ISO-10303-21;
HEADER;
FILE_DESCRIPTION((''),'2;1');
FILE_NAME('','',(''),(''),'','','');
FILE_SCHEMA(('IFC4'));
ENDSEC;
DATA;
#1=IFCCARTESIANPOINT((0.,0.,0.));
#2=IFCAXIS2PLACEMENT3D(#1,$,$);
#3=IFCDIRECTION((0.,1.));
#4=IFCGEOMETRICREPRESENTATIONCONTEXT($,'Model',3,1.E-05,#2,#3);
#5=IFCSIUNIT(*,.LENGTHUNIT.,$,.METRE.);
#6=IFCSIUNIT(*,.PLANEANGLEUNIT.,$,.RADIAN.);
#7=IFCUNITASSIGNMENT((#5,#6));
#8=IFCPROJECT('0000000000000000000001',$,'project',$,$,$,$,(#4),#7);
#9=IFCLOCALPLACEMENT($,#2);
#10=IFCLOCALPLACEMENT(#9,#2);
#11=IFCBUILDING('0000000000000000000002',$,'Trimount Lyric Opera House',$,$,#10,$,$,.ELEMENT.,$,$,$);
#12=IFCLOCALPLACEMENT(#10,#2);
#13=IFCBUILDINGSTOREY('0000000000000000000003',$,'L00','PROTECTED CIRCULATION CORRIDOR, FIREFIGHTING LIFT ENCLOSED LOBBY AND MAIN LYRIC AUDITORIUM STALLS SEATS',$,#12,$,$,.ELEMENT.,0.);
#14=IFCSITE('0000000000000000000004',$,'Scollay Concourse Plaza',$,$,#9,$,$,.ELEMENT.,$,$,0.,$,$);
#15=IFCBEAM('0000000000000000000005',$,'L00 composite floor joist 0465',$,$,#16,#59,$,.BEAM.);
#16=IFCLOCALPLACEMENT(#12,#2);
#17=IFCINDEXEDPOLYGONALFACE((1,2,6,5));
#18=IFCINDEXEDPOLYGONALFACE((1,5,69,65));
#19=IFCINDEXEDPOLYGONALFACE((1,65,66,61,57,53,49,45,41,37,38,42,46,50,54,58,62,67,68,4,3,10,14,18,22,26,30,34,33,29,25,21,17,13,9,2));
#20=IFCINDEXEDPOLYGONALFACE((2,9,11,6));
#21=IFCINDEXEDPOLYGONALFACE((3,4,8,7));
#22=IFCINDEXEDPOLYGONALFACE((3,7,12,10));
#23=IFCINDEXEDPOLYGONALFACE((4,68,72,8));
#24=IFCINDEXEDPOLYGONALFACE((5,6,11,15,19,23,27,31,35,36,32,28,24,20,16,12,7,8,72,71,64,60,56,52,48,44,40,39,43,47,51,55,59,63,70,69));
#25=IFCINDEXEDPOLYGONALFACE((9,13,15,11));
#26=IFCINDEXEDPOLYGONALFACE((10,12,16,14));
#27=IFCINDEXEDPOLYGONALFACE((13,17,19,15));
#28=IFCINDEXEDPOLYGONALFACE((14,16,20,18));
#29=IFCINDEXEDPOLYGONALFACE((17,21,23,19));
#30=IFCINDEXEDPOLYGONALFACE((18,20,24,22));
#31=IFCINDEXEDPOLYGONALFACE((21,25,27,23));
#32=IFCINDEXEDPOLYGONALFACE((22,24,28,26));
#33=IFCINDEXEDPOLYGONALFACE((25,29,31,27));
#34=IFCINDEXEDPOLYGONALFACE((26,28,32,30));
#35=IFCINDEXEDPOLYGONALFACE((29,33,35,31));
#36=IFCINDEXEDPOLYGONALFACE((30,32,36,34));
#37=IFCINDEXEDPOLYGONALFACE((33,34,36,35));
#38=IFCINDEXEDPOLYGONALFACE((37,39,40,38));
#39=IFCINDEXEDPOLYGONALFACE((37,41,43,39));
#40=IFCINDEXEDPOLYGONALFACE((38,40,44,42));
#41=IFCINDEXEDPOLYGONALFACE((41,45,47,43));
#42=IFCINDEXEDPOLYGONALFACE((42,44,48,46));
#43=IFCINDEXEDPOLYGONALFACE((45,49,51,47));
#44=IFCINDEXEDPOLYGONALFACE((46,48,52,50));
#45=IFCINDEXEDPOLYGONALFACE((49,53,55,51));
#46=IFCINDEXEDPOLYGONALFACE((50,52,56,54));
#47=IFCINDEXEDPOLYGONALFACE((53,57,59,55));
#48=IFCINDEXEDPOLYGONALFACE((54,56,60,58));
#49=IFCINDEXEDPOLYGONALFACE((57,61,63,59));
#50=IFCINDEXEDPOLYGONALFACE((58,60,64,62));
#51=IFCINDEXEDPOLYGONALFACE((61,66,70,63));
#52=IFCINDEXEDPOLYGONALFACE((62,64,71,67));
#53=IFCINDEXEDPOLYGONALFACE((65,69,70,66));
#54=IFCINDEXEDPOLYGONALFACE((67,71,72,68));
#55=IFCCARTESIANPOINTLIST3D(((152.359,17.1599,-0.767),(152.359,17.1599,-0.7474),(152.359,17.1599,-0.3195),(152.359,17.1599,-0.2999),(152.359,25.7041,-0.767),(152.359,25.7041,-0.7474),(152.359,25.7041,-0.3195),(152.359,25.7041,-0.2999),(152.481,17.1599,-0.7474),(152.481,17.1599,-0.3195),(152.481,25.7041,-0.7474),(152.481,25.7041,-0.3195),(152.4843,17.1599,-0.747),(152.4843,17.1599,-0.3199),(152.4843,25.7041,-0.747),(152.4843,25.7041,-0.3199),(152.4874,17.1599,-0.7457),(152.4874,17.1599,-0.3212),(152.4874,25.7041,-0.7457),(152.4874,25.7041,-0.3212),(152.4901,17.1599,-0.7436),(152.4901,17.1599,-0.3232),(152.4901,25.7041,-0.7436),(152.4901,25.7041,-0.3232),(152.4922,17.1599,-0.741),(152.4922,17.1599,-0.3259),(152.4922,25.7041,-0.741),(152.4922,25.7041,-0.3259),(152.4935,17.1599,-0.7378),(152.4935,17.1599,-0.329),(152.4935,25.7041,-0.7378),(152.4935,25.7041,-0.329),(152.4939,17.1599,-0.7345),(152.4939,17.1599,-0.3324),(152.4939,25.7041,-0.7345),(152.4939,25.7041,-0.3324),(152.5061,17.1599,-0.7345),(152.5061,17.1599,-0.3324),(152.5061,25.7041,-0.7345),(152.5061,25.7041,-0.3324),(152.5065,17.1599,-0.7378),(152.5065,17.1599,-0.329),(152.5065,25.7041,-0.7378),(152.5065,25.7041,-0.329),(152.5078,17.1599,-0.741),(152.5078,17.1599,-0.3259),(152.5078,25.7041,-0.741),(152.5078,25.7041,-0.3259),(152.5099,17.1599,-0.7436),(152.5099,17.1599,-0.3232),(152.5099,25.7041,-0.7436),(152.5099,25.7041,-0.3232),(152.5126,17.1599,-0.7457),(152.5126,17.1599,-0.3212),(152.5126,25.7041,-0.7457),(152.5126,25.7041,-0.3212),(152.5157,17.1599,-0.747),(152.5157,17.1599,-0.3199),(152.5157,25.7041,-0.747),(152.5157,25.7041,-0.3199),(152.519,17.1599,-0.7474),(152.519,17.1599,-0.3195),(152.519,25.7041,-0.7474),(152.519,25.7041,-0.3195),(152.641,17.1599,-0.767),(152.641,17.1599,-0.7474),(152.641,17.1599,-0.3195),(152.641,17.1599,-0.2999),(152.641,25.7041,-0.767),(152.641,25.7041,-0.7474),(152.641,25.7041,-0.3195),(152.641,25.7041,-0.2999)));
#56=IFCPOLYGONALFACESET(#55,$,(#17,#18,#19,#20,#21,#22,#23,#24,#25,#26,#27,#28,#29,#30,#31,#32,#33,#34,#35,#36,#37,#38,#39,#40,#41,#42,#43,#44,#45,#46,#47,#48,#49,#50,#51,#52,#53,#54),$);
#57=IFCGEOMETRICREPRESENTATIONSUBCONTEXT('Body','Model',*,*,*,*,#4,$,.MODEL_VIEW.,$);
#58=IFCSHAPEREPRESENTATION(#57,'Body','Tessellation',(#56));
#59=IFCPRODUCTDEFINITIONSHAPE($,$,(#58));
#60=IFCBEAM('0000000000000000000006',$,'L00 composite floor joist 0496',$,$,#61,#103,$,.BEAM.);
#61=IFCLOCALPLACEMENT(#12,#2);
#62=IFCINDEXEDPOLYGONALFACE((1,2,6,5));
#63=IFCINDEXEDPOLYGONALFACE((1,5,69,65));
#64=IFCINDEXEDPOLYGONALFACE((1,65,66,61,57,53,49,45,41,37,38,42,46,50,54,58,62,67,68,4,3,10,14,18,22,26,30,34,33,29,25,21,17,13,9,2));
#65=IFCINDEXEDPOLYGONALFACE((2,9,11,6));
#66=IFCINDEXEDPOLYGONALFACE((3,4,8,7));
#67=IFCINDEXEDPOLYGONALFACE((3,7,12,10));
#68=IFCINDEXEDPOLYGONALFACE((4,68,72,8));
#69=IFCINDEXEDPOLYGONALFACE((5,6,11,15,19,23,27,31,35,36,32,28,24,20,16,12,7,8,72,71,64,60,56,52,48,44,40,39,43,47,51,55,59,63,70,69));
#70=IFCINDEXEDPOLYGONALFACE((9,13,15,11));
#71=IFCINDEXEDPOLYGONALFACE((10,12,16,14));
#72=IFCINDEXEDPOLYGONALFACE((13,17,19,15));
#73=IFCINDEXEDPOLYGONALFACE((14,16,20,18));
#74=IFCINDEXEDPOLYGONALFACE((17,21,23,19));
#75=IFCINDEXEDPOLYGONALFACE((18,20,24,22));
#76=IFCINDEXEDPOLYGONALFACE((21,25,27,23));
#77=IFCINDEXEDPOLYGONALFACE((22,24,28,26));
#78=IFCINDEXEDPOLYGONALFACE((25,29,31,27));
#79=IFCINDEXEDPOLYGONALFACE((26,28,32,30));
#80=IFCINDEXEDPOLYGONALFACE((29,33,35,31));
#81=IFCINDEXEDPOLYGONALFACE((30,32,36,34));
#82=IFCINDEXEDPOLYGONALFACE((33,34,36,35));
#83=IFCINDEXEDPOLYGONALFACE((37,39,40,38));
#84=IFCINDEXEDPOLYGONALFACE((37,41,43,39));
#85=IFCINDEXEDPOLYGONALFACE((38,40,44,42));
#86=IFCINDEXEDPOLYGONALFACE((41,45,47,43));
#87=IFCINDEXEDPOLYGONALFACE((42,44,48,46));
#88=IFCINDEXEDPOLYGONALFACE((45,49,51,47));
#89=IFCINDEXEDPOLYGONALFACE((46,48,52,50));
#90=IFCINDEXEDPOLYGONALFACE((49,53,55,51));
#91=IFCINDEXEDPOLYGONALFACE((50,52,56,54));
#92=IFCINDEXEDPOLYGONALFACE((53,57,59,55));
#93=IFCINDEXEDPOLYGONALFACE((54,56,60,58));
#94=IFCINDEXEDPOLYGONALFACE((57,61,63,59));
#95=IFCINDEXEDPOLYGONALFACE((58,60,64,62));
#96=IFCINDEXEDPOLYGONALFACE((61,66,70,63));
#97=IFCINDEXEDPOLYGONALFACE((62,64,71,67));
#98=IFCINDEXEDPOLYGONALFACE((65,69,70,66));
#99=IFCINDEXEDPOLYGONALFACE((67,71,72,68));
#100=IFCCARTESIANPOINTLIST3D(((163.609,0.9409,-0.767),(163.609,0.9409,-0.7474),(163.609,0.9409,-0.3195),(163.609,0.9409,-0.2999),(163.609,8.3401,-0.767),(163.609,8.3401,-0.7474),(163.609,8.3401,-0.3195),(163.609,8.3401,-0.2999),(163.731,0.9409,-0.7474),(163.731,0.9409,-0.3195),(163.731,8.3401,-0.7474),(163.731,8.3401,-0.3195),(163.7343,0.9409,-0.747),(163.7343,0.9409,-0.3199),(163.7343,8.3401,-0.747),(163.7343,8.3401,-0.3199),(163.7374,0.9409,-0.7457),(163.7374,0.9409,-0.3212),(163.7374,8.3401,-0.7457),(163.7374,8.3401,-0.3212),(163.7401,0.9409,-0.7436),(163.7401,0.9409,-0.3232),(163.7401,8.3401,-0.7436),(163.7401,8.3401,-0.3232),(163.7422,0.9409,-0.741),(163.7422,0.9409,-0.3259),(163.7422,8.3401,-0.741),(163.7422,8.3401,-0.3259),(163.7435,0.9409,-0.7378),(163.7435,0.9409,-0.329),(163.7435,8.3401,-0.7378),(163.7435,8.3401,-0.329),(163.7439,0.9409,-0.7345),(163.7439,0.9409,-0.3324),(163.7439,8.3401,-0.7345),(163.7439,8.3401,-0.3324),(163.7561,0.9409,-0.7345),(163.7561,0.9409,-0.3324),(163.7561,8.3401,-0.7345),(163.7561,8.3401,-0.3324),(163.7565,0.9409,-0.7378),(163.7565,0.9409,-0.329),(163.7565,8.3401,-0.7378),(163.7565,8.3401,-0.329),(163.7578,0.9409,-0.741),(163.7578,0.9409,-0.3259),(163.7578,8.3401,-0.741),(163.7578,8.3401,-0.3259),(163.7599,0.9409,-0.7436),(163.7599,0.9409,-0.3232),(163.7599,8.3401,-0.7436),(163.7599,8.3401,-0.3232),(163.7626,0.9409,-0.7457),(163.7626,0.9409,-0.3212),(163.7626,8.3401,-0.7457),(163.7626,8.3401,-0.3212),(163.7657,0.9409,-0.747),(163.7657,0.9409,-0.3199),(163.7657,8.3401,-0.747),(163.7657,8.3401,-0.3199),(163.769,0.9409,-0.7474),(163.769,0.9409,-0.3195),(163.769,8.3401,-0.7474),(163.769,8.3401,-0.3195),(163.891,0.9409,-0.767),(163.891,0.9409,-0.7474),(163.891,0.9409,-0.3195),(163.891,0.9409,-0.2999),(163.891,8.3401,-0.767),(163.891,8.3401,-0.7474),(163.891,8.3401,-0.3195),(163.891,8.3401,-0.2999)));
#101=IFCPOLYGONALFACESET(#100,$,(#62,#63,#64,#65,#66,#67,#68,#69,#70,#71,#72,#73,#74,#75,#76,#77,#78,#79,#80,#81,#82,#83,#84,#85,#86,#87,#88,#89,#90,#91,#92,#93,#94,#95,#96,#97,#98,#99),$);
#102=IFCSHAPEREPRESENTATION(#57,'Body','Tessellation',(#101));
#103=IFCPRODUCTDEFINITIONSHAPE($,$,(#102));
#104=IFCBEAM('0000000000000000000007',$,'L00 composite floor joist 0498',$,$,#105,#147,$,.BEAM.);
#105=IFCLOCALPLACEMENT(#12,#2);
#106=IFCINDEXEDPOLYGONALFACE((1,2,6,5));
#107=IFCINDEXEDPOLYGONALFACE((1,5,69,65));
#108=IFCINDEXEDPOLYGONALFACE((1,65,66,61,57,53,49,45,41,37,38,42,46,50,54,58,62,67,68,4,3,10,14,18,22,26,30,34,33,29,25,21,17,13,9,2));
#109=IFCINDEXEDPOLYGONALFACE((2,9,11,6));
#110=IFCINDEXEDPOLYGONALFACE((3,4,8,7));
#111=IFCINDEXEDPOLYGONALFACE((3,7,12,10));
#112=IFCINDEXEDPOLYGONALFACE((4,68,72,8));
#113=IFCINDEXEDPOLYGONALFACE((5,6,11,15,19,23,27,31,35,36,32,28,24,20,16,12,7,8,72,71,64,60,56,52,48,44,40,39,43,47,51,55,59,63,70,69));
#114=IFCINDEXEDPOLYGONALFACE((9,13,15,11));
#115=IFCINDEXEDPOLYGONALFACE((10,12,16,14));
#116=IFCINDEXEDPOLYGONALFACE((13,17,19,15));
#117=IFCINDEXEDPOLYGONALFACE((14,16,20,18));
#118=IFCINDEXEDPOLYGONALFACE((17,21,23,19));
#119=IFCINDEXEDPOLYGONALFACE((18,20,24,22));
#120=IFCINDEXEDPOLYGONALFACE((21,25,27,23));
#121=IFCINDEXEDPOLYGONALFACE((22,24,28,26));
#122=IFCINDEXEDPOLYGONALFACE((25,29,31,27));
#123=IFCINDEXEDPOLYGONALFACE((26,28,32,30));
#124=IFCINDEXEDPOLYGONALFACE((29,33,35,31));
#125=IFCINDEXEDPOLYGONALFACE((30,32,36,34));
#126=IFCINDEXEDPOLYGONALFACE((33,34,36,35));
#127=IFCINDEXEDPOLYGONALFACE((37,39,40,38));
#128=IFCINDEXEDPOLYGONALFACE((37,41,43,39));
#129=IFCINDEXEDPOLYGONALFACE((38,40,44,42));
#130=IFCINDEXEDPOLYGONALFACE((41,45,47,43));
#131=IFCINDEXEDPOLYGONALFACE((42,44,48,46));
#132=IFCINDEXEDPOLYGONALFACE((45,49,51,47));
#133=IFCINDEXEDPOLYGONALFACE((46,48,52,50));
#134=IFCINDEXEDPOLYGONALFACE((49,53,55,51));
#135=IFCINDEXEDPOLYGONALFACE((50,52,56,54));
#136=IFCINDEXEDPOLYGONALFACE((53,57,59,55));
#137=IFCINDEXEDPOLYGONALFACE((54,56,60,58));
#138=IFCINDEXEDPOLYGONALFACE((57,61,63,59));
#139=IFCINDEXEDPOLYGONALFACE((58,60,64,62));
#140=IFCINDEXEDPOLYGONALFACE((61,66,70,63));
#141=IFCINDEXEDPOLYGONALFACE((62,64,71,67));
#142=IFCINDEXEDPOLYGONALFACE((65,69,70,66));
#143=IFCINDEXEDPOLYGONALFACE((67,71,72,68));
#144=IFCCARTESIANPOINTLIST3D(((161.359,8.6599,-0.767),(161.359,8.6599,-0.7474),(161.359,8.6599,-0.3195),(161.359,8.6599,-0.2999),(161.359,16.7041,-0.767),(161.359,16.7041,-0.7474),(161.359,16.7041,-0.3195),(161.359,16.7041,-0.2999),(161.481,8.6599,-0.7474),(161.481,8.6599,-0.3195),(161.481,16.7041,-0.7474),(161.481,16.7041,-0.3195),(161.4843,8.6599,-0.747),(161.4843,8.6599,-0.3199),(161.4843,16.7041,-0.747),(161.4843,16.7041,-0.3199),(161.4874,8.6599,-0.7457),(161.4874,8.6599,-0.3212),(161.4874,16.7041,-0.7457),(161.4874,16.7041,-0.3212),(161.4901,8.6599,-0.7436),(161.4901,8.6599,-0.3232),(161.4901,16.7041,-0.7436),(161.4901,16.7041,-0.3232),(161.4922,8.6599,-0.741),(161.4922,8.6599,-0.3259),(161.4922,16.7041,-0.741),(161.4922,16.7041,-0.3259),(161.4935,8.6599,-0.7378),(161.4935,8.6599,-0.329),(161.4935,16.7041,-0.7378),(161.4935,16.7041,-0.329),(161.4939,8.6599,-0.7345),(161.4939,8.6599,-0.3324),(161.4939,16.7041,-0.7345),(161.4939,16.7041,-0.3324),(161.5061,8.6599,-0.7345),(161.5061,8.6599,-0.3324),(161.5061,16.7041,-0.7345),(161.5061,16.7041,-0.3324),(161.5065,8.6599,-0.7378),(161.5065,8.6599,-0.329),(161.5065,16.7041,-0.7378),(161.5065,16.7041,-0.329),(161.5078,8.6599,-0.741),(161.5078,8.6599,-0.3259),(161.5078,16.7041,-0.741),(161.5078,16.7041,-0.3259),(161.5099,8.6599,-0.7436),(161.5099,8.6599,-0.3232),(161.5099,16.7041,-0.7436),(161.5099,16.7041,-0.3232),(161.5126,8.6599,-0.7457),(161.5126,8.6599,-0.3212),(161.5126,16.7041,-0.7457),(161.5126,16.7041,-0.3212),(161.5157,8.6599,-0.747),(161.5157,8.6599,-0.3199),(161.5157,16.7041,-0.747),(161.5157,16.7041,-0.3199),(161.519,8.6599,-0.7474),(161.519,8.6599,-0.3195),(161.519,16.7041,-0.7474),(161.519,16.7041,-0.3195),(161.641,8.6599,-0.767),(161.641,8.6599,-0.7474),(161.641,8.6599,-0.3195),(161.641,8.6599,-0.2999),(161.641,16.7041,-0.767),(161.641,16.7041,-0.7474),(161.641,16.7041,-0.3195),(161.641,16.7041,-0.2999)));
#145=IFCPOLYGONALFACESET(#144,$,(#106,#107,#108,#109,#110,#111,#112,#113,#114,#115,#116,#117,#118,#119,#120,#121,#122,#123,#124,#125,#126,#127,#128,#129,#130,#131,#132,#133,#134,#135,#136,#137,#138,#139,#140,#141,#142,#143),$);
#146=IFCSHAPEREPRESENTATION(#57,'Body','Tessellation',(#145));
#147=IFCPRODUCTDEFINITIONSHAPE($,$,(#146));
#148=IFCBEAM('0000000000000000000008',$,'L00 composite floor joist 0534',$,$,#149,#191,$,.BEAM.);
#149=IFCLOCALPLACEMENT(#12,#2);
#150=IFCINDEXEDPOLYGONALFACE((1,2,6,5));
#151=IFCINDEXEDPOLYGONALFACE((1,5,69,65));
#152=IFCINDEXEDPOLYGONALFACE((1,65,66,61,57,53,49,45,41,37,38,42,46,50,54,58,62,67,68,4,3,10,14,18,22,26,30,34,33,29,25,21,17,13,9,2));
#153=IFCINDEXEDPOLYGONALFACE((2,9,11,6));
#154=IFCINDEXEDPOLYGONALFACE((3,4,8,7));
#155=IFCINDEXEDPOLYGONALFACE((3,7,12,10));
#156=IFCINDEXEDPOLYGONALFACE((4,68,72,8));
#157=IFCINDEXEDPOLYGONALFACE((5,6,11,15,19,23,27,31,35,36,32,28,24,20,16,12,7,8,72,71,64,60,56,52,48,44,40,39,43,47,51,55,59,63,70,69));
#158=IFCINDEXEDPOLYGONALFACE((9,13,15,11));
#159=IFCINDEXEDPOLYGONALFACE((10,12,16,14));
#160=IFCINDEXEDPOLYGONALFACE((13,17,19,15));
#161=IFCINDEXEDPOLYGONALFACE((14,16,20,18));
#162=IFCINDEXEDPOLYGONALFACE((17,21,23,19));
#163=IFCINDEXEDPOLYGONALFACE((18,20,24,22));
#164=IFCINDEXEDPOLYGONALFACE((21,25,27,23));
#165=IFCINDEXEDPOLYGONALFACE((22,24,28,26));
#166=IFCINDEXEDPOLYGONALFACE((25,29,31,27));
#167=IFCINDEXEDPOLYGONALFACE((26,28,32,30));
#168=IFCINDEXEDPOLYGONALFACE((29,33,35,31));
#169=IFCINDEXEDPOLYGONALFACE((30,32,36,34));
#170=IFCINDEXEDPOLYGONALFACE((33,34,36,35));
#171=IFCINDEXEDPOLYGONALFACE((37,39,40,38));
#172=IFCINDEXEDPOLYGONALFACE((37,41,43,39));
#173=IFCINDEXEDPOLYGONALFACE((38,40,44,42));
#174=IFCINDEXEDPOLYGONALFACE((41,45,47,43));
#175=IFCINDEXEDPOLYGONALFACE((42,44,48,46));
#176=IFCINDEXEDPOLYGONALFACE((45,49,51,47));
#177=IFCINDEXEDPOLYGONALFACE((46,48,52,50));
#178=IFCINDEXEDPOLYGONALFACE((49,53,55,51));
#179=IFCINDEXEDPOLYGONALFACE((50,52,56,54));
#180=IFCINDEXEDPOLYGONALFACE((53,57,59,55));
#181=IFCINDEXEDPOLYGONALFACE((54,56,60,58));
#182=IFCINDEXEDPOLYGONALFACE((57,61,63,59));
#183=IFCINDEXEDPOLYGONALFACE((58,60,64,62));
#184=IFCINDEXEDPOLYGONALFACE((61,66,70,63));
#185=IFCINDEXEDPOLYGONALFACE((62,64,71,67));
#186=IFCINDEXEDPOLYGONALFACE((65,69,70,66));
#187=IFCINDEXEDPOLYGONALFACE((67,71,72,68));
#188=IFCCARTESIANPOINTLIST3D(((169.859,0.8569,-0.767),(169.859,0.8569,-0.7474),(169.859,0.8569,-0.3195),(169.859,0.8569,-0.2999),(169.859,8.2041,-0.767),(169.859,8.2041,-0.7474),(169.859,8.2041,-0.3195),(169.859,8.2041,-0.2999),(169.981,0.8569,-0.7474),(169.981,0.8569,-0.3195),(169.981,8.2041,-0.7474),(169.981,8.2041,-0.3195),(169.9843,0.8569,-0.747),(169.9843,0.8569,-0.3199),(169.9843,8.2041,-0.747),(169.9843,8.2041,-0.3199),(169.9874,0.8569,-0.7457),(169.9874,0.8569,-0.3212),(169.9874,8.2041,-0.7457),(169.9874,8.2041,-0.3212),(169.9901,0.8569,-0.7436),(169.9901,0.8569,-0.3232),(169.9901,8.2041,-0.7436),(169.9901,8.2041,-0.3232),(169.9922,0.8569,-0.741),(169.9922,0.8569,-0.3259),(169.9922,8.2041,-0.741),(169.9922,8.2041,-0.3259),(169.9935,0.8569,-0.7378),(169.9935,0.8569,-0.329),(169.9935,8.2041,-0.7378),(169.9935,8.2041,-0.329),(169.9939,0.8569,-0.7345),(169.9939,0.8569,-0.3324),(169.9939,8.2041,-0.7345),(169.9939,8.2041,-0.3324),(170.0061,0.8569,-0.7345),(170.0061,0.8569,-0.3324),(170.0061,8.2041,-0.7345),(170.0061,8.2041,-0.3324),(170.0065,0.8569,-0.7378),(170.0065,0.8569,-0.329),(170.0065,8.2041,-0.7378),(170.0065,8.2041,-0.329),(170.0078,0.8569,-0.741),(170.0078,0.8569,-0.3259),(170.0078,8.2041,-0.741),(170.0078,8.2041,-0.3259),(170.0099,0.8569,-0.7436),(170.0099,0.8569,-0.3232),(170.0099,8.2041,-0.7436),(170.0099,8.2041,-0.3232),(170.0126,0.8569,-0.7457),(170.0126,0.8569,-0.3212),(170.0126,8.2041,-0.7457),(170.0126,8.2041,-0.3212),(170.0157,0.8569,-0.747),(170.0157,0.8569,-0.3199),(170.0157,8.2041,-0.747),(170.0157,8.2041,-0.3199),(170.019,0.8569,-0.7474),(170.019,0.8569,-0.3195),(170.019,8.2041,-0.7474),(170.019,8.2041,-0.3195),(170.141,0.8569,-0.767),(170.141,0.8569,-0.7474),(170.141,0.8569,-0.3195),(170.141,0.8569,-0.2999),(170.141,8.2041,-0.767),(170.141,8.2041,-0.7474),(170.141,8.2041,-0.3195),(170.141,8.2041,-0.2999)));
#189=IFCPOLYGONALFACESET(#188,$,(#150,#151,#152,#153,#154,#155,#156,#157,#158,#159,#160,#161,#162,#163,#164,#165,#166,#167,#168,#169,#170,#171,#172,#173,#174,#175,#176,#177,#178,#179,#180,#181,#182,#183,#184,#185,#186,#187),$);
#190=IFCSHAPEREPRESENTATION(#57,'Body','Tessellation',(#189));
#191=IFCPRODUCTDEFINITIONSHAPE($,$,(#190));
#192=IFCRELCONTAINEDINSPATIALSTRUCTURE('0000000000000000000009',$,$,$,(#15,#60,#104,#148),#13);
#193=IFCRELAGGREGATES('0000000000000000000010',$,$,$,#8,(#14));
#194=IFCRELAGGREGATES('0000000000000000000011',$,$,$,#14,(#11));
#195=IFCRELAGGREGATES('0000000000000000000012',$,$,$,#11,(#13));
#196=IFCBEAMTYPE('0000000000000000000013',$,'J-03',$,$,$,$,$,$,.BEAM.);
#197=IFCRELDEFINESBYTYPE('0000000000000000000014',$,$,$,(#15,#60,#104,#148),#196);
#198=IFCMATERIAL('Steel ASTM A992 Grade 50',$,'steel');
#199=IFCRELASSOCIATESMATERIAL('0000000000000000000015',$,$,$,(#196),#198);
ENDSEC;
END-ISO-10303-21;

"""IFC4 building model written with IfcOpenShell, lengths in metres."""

from ifc_helpers import new_model, si_unit, direction, frame, origin, origin_2d, place, context, subcontext, project, spatial, i_section, extrude, material, material_profile, profile_set, type_object, element, save


model = new_model("IFC4")

# Units and contexts
model_context = context("Model", 3, precision=1e-05, world=origin(), true_north=direction((0.0, 1.0)))
body_context = subcontext(model_context, "Body", "Model", "MODEL_VIEW")
ifc_project = project(units=[si_unit("LENGTHUNIT", "METRE"), si_unit("PLANEANGLEUNIT", "RADIAN")], contexts=[model_context])

# Site, building, storey
site_placement = place(None, origin())
site = spatial("IfcSite", under=ifc_project, at=site_placement, Name="Scollay Concourse Plaza", CompositionType="ELEMENT", RefElevation=0.0)
building_placement = place(site_placement, origin())
building = spatial("IfcBuilding", under=site, at=building_placement, Name="Trimount Lyric Opera House", CompositionType="ELEMENT")
storey_placement = place(building_placement, origin())
storey = spatial("IfcBuildingStorey", under=building, at=storey_placement, Name="L00", Description="PROTECTED CIRCULATION CORRIDOR, FIREFIGHTING LIFT ENCLOSED LOBBY AND MAIN LYRIC AUDITORIUM STALLS SEATS", CompositionType="ELEMENT", Elevation=0.0)

# Beams
ifc_material_1 = material(Name="Steel ASTM A992 Grade 50", Category="steel")
ifc_material_profile_1 = material_profile(ifc_material_1, i_section(OverallWidth=0.282, OverallDepth=0.467, WebThickness=0.0122, FlangeThickness=0.0195, FilletRadius=0.0129, at=origin_2d()), Name="W18X86")
ifc_profile_set_1 = profile_set([ifc_material_profile_1], Name="Steel ASTM A992 Grade 50")
beam_type_1 = type_object("IfcBeamType", Name="J-03", PredefinedType="BEAM", material=ifc_profile_set_1)
beam_1_placement = place(storey_placement, frame((152.5, 17.1599, -0.5334), z_axis=(0.0, 1.0, 0.0), x_axis=(-1.0, 0.0, 0.0)))
element("IfcBeam", 1, at=beam_1_placement, inside=storey, type_object=beam_type_1, Name="L00 composite floor joist 0465", PredefinedType="BEAM", context=body_context, shape_type="SweptSolid", body=[
    extrude(i_section(OverallWidth=0.282, OverallDepth=0.467, WebThickness=0.0122, FlangeThickness=0.0195, FilletRadius=0.0129, at=origin_2d()), origin(), (0.0, 0.0, 1.0), 8.5442),
])
beam_2_placement = place(storey_placement, frame((163.75, 0.9409, -0.5334), z_axis=(0.0, 1.0, 0.0), x_axis=(-1.0, 0.0, 0.0)))
element("IfcBeam", 2, at=beam_2_placement, inside=storey, type_object=beam_type_1, Name="L00 composite floor joist 0496", PredefinedType="BEAM", context=body_context, shape_type="SweptSolid", body=[
    extrude(i_section(OverallWidth=0.282, OverallDepth=0.467, WebThickness=0.0122, FlangeThickness=0.0195, FilletRadius=0.0129, at=origin_2d()), origin(), (0.0, 0.0, 1.0), 7.3992),
])
beam_3_placement = place(storey_placement, frame((161.5, 8.6599, -0.5334), z_axis=(0.0, 1.0, 0.0), x_axis=(-1.0, 0.0, 0.0)))
element("IfcBeam", 3, at=beam_3_placement, inside=storey, type_object=beam_type_1, Name="L00 composite floor joist 0498", PredefinedType="BEAM", context=body_context, shape_type="SweptSolid", body=[
    extrude(i_section(OverallWidth=0.282, OverallDepth=0.467, WebThickness=0.0122, FlangeThickness=0.0195, FilletRadius=0.0129, at=origin_2d()), origin(), (0.0, 0.0, 1.0), 8.0442),
])
beam_4_placement = place(storey_placement, frame((170.0, 0.8569, -0.5334), z_axis=(0.0, 1.0, 0.0), x_axis=(-1.0, 0.0, 0.0)))
element("IfcBeam", 4, at=beam_4_placement, inside=storey, type_object=beam_type_1, Name="L00 composite floor joist 0534", PredefinedType="BEAM", context=body_context, shape_type="SweptSolid", body=[
    extrude(i_section(OverallWidth=0.282, OverallDepth=0.467, WebThickness=0.0122, FlangeThickness=0.0195, FilletRadius=0.0129, at=origin_2d()), origin(), (0.0, 0.0, 1.0), 7.3472),
])

save(model, "model.ifc")
